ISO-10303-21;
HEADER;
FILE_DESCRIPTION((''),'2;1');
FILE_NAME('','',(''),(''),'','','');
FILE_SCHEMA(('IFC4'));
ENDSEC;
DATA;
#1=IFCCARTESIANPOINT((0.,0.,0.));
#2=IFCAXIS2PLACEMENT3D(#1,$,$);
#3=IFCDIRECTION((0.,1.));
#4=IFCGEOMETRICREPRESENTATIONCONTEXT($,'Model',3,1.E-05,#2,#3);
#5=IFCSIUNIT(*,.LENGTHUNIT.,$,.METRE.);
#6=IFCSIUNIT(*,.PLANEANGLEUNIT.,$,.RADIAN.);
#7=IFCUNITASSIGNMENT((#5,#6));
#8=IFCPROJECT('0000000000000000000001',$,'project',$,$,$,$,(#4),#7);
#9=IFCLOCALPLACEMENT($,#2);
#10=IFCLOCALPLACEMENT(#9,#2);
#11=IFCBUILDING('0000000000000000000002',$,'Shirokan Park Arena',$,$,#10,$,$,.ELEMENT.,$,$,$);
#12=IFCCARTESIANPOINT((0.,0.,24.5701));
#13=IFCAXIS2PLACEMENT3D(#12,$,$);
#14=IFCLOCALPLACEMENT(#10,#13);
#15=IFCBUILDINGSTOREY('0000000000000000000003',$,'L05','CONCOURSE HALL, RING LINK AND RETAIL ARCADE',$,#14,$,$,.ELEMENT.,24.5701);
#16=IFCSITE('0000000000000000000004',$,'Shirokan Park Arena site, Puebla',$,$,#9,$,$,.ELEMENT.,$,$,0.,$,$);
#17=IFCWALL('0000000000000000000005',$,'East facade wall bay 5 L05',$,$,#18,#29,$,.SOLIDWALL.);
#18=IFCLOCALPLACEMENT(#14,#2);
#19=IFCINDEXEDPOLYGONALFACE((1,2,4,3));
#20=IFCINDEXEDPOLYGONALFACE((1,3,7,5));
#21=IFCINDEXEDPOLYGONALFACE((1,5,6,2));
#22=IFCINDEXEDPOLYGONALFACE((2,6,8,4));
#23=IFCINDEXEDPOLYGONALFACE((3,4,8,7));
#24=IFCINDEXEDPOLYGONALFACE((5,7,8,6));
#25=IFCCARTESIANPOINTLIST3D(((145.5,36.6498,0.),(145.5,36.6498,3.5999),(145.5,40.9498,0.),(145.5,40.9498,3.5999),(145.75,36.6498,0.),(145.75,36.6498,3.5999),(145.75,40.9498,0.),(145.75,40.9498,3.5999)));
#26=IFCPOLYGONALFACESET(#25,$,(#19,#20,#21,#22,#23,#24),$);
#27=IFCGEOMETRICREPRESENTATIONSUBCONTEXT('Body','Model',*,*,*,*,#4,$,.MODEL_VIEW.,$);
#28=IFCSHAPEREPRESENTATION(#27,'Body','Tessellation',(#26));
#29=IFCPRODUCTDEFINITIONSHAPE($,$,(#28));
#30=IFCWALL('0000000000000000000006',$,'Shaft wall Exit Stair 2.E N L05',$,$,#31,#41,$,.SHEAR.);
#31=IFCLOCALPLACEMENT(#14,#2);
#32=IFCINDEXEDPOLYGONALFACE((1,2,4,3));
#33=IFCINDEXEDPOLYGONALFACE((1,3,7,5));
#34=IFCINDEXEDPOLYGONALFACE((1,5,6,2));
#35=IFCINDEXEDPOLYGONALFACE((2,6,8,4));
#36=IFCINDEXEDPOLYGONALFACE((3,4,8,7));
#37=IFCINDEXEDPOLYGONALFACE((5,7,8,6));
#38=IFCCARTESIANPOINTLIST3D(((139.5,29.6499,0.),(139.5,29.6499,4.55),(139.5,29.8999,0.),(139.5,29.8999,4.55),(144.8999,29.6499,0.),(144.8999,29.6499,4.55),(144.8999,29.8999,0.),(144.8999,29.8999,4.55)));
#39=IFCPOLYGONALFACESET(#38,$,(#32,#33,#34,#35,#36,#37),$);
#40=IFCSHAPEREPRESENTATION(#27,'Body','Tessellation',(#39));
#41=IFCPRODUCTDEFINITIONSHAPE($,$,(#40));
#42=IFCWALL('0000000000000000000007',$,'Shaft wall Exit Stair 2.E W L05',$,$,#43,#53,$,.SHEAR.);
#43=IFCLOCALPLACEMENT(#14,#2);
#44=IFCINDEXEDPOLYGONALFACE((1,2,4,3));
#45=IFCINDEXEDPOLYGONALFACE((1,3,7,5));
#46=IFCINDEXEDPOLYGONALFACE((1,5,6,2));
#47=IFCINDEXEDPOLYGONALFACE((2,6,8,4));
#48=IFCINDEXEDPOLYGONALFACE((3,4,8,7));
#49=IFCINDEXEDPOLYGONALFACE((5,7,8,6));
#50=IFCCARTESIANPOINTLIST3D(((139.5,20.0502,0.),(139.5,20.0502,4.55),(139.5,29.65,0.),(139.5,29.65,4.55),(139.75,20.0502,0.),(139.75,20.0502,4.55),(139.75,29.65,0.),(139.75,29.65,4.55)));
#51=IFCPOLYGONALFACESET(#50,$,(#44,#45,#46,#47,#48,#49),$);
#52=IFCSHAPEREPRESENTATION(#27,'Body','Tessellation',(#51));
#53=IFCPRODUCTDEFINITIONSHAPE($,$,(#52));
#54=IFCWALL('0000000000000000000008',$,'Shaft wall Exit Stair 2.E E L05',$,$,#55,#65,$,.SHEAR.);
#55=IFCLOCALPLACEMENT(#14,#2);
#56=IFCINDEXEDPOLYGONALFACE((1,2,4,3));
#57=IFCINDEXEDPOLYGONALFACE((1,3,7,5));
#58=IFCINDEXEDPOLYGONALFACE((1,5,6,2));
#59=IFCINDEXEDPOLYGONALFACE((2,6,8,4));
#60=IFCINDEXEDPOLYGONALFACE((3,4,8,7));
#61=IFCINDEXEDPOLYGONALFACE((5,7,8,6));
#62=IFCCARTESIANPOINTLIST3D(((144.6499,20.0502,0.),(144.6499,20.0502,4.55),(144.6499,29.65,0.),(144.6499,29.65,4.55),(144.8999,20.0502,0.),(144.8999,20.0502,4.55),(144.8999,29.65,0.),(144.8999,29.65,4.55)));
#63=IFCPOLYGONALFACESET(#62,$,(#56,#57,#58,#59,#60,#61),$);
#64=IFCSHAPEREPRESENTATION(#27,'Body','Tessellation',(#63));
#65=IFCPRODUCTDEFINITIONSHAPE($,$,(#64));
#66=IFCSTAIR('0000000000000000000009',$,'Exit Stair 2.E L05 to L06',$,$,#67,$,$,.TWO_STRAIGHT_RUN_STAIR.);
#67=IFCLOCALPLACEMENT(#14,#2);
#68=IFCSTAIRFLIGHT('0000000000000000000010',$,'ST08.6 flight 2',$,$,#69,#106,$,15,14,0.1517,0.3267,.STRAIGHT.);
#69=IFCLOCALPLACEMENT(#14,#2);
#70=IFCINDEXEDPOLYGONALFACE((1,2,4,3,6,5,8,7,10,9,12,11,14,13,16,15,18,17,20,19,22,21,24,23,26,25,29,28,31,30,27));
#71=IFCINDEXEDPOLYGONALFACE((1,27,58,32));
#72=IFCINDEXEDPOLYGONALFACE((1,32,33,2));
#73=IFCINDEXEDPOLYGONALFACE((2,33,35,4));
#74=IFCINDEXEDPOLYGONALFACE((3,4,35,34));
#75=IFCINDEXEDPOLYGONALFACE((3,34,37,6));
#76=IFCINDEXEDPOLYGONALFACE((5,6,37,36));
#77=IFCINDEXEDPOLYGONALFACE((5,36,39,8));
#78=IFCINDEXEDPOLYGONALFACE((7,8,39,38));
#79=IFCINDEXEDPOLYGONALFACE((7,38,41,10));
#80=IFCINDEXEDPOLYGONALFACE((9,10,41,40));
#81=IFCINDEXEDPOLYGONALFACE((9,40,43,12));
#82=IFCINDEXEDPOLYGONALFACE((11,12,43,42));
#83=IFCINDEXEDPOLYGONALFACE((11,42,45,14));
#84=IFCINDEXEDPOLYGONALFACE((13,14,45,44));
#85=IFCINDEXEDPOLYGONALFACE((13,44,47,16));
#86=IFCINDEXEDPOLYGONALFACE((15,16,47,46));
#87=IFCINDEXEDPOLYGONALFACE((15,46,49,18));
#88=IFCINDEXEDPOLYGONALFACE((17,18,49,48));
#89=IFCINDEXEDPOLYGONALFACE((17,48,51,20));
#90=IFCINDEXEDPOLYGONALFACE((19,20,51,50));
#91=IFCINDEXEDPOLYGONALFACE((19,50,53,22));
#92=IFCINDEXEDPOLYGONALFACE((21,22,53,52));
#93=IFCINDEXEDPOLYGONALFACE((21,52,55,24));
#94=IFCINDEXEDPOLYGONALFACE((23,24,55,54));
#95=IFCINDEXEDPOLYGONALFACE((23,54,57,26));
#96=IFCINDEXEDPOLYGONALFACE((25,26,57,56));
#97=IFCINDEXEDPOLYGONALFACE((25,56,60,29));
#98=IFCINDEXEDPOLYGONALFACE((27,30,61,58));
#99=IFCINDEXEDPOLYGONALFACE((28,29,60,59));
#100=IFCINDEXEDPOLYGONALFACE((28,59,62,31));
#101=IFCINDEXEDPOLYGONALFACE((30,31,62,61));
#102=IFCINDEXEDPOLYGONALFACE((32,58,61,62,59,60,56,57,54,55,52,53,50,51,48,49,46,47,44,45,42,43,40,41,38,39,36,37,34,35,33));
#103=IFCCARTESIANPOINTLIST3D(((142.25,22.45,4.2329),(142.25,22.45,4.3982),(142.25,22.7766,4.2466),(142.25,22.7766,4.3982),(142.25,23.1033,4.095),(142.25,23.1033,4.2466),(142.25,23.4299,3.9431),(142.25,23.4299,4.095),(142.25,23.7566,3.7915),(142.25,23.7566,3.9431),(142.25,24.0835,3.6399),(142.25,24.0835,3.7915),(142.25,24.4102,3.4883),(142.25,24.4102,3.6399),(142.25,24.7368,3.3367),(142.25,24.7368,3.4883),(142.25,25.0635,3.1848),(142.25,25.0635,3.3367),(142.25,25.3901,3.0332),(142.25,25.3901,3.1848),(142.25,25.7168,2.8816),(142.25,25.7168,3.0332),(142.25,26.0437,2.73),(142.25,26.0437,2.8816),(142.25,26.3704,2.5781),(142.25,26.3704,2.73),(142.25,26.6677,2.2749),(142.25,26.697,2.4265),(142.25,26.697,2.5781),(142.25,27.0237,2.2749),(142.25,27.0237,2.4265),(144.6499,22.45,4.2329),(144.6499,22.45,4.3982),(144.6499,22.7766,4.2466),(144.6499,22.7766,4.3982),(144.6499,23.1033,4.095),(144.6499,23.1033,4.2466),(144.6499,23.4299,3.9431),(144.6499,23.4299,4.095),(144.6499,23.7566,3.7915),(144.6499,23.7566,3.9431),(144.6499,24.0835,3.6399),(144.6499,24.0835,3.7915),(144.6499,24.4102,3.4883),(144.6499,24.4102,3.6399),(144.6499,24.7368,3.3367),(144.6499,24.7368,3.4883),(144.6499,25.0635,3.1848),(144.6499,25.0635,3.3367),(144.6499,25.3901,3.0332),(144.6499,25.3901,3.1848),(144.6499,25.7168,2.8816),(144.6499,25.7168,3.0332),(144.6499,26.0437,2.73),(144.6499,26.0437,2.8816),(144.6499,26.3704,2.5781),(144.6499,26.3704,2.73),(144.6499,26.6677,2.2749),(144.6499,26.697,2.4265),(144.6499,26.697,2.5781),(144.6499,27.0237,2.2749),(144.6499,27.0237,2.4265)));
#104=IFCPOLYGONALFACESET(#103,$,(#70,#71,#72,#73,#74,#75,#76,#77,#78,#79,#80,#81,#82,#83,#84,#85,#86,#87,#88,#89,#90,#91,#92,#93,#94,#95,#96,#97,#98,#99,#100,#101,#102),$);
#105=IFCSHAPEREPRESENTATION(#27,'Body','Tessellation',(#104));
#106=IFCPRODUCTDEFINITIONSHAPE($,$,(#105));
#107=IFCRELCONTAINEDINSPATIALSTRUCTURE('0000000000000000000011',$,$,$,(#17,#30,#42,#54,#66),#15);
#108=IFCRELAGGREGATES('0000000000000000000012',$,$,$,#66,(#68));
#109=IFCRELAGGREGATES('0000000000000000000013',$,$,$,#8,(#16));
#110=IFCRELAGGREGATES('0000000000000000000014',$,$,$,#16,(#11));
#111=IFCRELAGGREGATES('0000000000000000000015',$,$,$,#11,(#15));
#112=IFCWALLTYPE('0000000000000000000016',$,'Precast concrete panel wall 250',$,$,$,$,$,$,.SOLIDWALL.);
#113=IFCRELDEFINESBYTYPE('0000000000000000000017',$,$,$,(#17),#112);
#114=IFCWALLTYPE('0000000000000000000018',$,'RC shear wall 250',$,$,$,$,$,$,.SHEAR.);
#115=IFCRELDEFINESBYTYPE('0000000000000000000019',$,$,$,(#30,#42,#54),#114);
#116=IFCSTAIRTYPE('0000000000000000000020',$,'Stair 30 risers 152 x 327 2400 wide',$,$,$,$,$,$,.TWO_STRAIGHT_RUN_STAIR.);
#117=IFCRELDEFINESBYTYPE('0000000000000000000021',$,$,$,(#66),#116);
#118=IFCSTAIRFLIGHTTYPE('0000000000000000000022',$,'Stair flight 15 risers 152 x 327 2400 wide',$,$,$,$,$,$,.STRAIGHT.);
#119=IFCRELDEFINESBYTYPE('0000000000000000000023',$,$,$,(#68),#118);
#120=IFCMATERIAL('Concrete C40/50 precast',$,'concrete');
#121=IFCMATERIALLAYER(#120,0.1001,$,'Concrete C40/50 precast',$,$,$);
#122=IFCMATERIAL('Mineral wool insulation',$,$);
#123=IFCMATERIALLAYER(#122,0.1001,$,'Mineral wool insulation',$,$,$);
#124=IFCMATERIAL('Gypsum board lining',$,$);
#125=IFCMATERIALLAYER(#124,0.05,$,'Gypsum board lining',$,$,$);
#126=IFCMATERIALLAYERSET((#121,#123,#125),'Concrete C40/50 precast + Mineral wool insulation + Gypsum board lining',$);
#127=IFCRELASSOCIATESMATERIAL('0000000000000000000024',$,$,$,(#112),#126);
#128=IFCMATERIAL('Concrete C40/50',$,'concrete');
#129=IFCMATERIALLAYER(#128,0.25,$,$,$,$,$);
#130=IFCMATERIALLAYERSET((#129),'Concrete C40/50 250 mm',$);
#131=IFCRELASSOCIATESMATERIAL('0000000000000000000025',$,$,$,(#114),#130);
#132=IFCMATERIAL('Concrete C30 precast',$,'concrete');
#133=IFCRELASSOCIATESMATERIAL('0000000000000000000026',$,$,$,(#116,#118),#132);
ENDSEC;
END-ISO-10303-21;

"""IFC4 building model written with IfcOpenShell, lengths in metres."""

from ifc_helpers import new_model, si_unit, direction, frame, frame_2d, origin, place, context, subcontext, project, spatial, polyline, rectangle, outline, extrude, material, layer, layer_set, type_object, element, aggregate, save


model = new_model("IFC4")

# Units and contexts
model_context = context("Model", 3, precision=1e-05, world=origin(), true_north=direction((0.0, 1.0)))
body_context = subcontext(model_context, "Body", "Model", "MODEL_VIEW")
ifc_project = project(units=[si_unit("LENGTHUNIT", "METRE"), si_unit("PLANEANGLEUNIT", "RADIAN")], contexts=[model_context])

# Site, building, storey
site_placement = place(None, origin())
site = spatial("IfcSite", under=ifc_project, at=site_placement, Name="Shirokan Park Arena site, Puebla", CompositionType="ELEMENT", RefElevation=0.0)
building_placement = place(site_placement, origin())
building = spatial("IfcBuilding", under=site, at=building_placement, Name="Shirokan Park Arena", CompositionType="ELEMENT")
storey_placement = place(building_placement, frame((0.0, 0.0, 24.5701)))
storey = spatial("IfcBuildingStorey", under=building, at=storey_placement, Name="L05", Description="CONCOURSE HALL, RING LINK AND RETAIL ARCADE", CompositionType="ELEMENT", Elevation=24.5701)

# Shared definitions
ifc_material_1 = material(Name="Mineral wool insulation")

# Walls
ifc_material_2 = material(Name="Gypsum board lining")
ifc_material_3 = material(Name="Concrete C40/50 precast", Category="concrete")
ifc_layer_1 = layer(ifc_material_3, 0.1001, Name="Concrete C40/50 precast")
ifc_layer_2 = layer(ifc_material_1, 0.1001, Name="Mineral wool insulation")
ifc_layer_3 = layer(ifc_material_2, 0.05, Name="Gypsum board lining")
ifc_layer_set_1 = layer_set([ifc_layer_1, ifc_layer_2, ifc_layer_3], Name="Concrete C40/50 precast + Mineral wool insulation + Gypsum board lining")
wall_type_1 = type_object("IfcWallType", Name="Precast concrete panel wall 250", PredefinedType="SOLIDWALL", material=ifc_layer_set_1)
wall_1_placement = place(storey_placement, frame((145.625, 36.6499, 0.0), z_axis=(0.0, 0.0, 1.0), x_axis=(0.0, 1.0, 0.0)))
element("IfcWall", 1, at=wall_1_placement, inside=storey, type_object=wall_type_1, Name="East facade wall bay 5 L05", PredefinedType="SOLIDWALL", context=body_context, shape_type="SweptSolid", body=[
    extrude(rectangle(XDim=4.3, YDim=0.25, at=frame_2d((2.1499, 0.0))), origin(), (0.0, 0.0, 1.0), 3.5999),
])
ifc_material_4 = material(Name="Concrete C40/50", Category="concrete")
ifc_layer_4 = layer(ifc_material_4, 0.25)
ifc_layer_set_2 = layer_set([ifc_layer_4], Name="Concrete C40/50 250 mm")
wall_type_2 = type_object("IfcWallType", Name="RC shear wall 250", PredefinedType="SHEAR", material=ifc_layer_set_2)
wall_2_placement = place(storey_placement, frame((144.8999, 29.7749, 0.0), z_axis=(0.0, 0.0, 1.0), x_axis=(-1.0, 0.0, 0.0)))
element("IfcWall", 2, at=wall_2_placement, inside=storey, type_object=wall_type_2, Name="Shaft wall Exit Stair 2.E N L05", PredefinedType="SHEAR", context=body_context, shape_type="SweptSolid", body=[
    extrude(rectangle(XDim=5.3999, YDim=0.25, at=frame_2d((2.7, 0.0))), origin(), (0.0, 0.0, 1.0), 4.55),
])
for number, where, z_axis, x_axis, name in (
    (3, (139.625, 29.6499, 0.0), (0.0, 0.0, 1.0), (0.0, -1.0, 0.0), "Shaft wall Exit Stair 2.E W L05"),
    (4, (144.7749, 29.6499, 0.0), (0.0, 0.0, 1.0), (0.0, -1.0, 0.0), "Shaft wall Exit Stair 2.E E L05"),
):
    element("IfcWall", number, at=place(storey_placement, frame(where, z_axis=z_axis, x_axis=x_axis)), inside=storey, type_object=wall_type_2, Name=name, PredefinedType="SHEAR", context=body_context, shape_type="SweptSolid", body=[
        extrude(rectangle(XDim=9.5999, YDim=0.25, at=frame_2d((4.7998, 0.0))), origin(), (0.0, 0.0, 1.0), 4.55),
    ])

# Stair, stair flight
ifc_material_5 = material(Name="Concrete C30 precast", Category="concrete")
stair_type = type_object("IfcStairType", Name="Stair 30 risers 152 x 327 2400 wide", PredefinedType="TWO_STRAIGHT_RUN_STAIR", material=ifc_material_5)
stair_placement = place(storey_placement, origin())
stair = element("IfcStair", 5, at=stair_placement, inside=storey, type_object=stair_type, Name="Exit Stair 2.E L05 to L06", PredefinedType="TWO_STRAIGHT_RUN_STAIR")
stair_flight_type = type_object("IfcStairFlightType", Name="Stair flight 15 risers 152 x 327 2400 wide", PredefinedType="STRAIGHT", material=ifc_material_5)
stair_flight_placement = place(storey_placement, frame((143.45, 27.0237, 2.2749), z_axis=(0.0, 0.0, 1.0), x_axis=(0.0, -1.0, 0.0)))
stair_flight = element("IfcStairFlight", 6, at=stair_flight_placement, type_object=stair_flight_type, Name="ST08.6 flight 2", NumberOfRisers=15, NumberOfTreads=14, PredefinedType="STRAIGHT", RiserHeight=0.1517, TreadLength=0.3267, context=body_context, shape_type="SweptSolid", body=[
    extrude(outline(polyline([(0.0, 0.0), (0.0, 0.1516), (0.3267, 0.1516), (0.3267, 0.3032), (0.6533, 0.3032), (0.6533, 0.4551), (0.98, 0.4551), (0.98, 0.6067), (1.3069, 0.6067), (1.3069, 0.7583), (1.6335, 0.7583), (1.6335, 0.9099), (1.9602, 0.9099), (1.9602, 1.0618), (2.2869, 1.0618), (2.2869, 1.2134), (2.6135, 1.2134), (2.6135, 1.365), (2.9402, 1.365), (2.9402, 1.5166), (3.2671, 1.5166), (3.2671, 1.6682), (3.5938, 1.6682), (3.5938, 1.8201), (3.9204, 1.8201), (3.9204, 1.9717), (4.2471, 1.9717), (4.2471, 2.1233), (4.5737, 2.1233), (4.5737, 2.2749), (4.5737, 1.958), (0.356, 0.0), (0.0, 0.0)])), frame((0.0, 1.2, 0.0), z_axis=(0.0, -1.0, 0.0), x_axis=(1.0, 0.0, 0.0)), (0.0, 0.0, 1.0), 2.3999),
])
aggregate(stair, [stair_flight])

save(model, "model.ifc")
